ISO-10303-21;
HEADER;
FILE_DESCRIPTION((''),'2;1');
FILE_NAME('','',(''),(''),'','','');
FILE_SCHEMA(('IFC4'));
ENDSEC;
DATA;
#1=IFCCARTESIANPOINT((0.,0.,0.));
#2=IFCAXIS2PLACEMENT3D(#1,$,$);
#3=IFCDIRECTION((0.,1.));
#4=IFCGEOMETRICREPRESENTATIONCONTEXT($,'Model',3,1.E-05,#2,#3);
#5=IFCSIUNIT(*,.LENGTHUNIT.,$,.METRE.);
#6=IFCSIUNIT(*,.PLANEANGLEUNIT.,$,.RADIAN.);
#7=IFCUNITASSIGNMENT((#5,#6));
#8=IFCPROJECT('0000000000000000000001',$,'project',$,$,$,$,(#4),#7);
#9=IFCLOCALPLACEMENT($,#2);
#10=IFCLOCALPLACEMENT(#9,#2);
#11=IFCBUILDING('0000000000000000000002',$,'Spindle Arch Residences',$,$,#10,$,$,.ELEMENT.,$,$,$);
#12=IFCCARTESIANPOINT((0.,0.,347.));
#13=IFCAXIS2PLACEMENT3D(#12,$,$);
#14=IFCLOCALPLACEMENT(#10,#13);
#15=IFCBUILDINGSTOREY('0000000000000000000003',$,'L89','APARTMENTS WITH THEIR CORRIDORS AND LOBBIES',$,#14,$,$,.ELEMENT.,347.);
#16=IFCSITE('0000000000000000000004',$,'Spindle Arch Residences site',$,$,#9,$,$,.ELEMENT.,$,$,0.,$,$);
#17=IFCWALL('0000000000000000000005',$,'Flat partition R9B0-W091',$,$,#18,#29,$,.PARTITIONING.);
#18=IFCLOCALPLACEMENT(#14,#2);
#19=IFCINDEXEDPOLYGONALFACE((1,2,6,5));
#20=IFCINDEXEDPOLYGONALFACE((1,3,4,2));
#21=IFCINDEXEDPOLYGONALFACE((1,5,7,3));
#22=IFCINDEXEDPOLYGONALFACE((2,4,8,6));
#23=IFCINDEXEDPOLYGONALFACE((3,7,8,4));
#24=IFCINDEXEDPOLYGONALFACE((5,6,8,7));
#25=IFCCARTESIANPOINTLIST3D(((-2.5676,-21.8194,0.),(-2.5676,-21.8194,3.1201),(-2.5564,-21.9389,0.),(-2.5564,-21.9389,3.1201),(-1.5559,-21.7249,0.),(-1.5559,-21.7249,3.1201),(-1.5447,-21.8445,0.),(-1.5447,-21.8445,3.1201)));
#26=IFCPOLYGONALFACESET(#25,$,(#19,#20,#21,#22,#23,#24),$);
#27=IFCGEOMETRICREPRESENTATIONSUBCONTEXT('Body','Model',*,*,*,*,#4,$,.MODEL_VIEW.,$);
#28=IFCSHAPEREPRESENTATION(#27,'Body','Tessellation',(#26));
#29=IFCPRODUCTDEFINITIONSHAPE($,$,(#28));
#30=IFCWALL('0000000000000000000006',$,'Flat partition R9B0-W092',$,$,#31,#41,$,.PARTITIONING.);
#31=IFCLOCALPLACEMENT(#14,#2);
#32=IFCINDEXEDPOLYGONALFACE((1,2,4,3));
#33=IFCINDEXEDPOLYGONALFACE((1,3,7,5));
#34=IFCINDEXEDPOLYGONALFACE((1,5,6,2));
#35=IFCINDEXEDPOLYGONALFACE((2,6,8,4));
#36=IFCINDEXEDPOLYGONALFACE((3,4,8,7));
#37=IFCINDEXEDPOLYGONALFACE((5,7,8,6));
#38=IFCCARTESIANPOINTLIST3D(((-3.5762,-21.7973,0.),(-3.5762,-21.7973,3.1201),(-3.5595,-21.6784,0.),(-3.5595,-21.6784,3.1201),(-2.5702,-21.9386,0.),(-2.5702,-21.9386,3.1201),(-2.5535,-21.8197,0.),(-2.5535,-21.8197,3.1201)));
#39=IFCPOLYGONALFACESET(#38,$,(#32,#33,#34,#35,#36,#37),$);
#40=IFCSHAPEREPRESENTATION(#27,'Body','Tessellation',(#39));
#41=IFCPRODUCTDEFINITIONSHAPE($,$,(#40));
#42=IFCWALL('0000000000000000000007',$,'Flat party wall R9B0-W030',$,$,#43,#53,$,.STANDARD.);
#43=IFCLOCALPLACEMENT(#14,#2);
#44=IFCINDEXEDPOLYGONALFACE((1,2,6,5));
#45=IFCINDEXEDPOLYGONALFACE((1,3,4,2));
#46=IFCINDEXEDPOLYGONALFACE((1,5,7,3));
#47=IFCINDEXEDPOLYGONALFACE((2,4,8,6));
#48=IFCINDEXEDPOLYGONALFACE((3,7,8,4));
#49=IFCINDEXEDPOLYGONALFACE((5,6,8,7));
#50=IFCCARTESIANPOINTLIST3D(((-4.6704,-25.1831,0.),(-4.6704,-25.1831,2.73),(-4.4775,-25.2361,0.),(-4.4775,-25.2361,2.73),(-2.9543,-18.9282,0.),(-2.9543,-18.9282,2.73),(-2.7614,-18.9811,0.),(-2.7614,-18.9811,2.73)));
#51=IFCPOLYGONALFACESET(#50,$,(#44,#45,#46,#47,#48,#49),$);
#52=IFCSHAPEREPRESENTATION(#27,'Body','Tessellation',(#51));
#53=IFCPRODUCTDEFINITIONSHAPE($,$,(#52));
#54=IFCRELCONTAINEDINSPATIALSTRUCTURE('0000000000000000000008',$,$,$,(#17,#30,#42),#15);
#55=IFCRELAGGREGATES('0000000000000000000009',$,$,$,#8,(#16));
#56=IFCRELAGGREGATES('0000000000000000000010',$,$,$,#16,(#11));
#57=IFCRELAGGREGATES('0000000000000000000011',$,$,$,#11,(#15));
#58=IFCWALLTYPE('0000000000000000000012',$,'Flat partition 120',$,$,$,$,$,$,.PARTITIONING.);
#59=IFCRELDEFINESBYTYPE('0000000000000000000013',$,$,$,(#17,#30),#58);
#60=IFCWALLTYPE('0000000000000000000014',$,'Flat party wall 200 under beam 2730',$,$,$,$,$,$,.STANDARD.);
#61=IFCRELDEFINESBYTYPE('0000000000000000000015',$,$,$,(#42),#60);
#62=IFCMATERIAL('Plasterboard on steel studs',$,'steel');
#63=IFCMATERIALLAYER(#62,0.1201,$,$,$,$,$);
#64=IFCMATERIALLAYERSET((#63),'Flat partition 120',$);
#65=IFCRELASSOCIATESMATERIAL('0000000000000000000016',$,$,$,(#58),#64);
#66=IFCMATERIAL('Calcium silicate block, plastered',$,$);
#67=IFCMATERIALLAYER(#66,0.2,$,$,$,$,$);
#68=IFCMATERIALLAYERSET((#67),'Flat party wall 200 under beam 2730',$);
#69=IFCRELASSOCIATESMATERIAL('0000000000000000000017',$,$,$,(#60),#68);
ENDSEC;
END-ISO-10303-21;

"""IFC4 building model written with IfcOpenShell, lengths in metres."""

from ifc_helpers import new_model, si_unit, direction, frame, frame_2d, origin, place, context, subcontext, project, spatial, rectangle, extrude, material, layer, layer_set, type_object, element, save


model = new_model("IFC4")

# Units and contexts
model_context = context("Model", 3, precision=1e-05, world=origin(), true_north=direction((0.0, 1.0)))
body_context = subcontext(model_context, "Body", "Model", "MODEL_VIEW")
ifc_project = project(units=[si_unit("LENGTHUNIT", "METRE"), si_unit("PLANEANGLEUNIT", "RADIAN")], contexts=[model_context])

# Site, building, storey
site_placement = place(None, origin())
site = spatial("IfcSite", under=ifc_project, at=site_placement, Name="Spindle Arch Residences site", CompositionType="ELEMENT", RefElevation=0.0)
building_placement = place(site_placement, origin())
building = spatial("IfcBuilding", under=site, at=building_placement, Name="Spindle Arch Residences", CompositionType="ELEMENT")
storey_placement = place(building_placement, frame((0.0, 0.0, 347.0)))
storey = spatial("IfcBuildingStorey", under=building, at=storey_placement, Name="L89", Description="APARTMENTS WITH THEIR CORRIDORS AND LOBBIES", CompositionType="ELEMENT", Elevation=347.0)

# Shared definitions
ifc_material_1 = material(Name="Plasterboard on steel studs", Category="steel")
ifc_layer_1 = layer(ifc_material_1, 0.1201)
ifc_layer_set_1 = layer_set([ifc_layer_1], Name="Flat partition 120")
wall_type_1 = type_object("IfcWallType", Name="Flat partition 120", PredefinedType="PARTITIONING", material=ifc_layer_set_1)

# Walls
wall_1_placement = place(storey_placement, frame((-1.5503, -21.7847, 0.0), z_axis=(0.0, 0.0, 1.0), x_axis=(-0.995668, -0.092983, 0.0)))
element("IfcWall", 1, at=wall_1_placement, inside=storey, type_object=wall_type_1, Name="Flat partition R9B0-W091", PredefinedType="PARTITIONING", context=body_context, shape_type="SweptSolid", body=[
    extrude(rectangle(XDim=1.0161, YDim=0.1201, at=frame_2d((0.5081, 0.0))), origin(), (0.0, 0.0, 1.0), 3.1201),
])
wall_2_placement = place(storey_placement, frame((-2.562, -21.8792, 0.0), z_axis=(0.0, 0.0, 1.0), x_axis=(-0.990274, 0.139133, 0.0)))
element("IfcWall", 2, at=wall_2_placement, inside=storey, type_object=wall_type_1, Name="Flat partition R9B0-W092", PredefinedType="PARTITIONING", context=body_context, shape_type="SweptSolid", body=[
    extrude(rectangle(XDim=1.0159, YDim=0.1201, at=frame_2d((0.5078, 0.0))), origin(), (0.0, 0.0, 1.0), 3.1201),
])
ifc_material_2 = material(Name="Calcium silicate block, plastered")
ifc_layer_2 = layer(ifc_material_2, 0.2)
ifc_layer_set_2 = layer_set([ifc_layer_2], Name="Flat party wall 200 under beam 2730")
wall_type_2 = type_object("IfcWallType", Name="Flat party wall 200 under beam 2730", PredefinedType="STANDARD", material=ifc_layer_set_2)
wall_3_placement = place(storey_placement, frame((-4.574, -25.2097, 0.0), z_axis=(0.0, 0.0, 1.0), x_axis=(0.264579, 0.964364, 0.0)))
element("IfcWall", 3, at=wall_3_placement, inside=storey, type_object=wall_type_2, Name="Flat party wall R9B0-W030", PredefinedType="STANDARD", context=body_context, shape_type="SweptSolid", body=[
    extrude(rectangle(XDim=6.4861, YDim=0.2, at=frame_2d((3.2432, 0.0))), origin(), (0.0, 0.0, 1.0), 2.73),
])

save(model, "model.ifc")
